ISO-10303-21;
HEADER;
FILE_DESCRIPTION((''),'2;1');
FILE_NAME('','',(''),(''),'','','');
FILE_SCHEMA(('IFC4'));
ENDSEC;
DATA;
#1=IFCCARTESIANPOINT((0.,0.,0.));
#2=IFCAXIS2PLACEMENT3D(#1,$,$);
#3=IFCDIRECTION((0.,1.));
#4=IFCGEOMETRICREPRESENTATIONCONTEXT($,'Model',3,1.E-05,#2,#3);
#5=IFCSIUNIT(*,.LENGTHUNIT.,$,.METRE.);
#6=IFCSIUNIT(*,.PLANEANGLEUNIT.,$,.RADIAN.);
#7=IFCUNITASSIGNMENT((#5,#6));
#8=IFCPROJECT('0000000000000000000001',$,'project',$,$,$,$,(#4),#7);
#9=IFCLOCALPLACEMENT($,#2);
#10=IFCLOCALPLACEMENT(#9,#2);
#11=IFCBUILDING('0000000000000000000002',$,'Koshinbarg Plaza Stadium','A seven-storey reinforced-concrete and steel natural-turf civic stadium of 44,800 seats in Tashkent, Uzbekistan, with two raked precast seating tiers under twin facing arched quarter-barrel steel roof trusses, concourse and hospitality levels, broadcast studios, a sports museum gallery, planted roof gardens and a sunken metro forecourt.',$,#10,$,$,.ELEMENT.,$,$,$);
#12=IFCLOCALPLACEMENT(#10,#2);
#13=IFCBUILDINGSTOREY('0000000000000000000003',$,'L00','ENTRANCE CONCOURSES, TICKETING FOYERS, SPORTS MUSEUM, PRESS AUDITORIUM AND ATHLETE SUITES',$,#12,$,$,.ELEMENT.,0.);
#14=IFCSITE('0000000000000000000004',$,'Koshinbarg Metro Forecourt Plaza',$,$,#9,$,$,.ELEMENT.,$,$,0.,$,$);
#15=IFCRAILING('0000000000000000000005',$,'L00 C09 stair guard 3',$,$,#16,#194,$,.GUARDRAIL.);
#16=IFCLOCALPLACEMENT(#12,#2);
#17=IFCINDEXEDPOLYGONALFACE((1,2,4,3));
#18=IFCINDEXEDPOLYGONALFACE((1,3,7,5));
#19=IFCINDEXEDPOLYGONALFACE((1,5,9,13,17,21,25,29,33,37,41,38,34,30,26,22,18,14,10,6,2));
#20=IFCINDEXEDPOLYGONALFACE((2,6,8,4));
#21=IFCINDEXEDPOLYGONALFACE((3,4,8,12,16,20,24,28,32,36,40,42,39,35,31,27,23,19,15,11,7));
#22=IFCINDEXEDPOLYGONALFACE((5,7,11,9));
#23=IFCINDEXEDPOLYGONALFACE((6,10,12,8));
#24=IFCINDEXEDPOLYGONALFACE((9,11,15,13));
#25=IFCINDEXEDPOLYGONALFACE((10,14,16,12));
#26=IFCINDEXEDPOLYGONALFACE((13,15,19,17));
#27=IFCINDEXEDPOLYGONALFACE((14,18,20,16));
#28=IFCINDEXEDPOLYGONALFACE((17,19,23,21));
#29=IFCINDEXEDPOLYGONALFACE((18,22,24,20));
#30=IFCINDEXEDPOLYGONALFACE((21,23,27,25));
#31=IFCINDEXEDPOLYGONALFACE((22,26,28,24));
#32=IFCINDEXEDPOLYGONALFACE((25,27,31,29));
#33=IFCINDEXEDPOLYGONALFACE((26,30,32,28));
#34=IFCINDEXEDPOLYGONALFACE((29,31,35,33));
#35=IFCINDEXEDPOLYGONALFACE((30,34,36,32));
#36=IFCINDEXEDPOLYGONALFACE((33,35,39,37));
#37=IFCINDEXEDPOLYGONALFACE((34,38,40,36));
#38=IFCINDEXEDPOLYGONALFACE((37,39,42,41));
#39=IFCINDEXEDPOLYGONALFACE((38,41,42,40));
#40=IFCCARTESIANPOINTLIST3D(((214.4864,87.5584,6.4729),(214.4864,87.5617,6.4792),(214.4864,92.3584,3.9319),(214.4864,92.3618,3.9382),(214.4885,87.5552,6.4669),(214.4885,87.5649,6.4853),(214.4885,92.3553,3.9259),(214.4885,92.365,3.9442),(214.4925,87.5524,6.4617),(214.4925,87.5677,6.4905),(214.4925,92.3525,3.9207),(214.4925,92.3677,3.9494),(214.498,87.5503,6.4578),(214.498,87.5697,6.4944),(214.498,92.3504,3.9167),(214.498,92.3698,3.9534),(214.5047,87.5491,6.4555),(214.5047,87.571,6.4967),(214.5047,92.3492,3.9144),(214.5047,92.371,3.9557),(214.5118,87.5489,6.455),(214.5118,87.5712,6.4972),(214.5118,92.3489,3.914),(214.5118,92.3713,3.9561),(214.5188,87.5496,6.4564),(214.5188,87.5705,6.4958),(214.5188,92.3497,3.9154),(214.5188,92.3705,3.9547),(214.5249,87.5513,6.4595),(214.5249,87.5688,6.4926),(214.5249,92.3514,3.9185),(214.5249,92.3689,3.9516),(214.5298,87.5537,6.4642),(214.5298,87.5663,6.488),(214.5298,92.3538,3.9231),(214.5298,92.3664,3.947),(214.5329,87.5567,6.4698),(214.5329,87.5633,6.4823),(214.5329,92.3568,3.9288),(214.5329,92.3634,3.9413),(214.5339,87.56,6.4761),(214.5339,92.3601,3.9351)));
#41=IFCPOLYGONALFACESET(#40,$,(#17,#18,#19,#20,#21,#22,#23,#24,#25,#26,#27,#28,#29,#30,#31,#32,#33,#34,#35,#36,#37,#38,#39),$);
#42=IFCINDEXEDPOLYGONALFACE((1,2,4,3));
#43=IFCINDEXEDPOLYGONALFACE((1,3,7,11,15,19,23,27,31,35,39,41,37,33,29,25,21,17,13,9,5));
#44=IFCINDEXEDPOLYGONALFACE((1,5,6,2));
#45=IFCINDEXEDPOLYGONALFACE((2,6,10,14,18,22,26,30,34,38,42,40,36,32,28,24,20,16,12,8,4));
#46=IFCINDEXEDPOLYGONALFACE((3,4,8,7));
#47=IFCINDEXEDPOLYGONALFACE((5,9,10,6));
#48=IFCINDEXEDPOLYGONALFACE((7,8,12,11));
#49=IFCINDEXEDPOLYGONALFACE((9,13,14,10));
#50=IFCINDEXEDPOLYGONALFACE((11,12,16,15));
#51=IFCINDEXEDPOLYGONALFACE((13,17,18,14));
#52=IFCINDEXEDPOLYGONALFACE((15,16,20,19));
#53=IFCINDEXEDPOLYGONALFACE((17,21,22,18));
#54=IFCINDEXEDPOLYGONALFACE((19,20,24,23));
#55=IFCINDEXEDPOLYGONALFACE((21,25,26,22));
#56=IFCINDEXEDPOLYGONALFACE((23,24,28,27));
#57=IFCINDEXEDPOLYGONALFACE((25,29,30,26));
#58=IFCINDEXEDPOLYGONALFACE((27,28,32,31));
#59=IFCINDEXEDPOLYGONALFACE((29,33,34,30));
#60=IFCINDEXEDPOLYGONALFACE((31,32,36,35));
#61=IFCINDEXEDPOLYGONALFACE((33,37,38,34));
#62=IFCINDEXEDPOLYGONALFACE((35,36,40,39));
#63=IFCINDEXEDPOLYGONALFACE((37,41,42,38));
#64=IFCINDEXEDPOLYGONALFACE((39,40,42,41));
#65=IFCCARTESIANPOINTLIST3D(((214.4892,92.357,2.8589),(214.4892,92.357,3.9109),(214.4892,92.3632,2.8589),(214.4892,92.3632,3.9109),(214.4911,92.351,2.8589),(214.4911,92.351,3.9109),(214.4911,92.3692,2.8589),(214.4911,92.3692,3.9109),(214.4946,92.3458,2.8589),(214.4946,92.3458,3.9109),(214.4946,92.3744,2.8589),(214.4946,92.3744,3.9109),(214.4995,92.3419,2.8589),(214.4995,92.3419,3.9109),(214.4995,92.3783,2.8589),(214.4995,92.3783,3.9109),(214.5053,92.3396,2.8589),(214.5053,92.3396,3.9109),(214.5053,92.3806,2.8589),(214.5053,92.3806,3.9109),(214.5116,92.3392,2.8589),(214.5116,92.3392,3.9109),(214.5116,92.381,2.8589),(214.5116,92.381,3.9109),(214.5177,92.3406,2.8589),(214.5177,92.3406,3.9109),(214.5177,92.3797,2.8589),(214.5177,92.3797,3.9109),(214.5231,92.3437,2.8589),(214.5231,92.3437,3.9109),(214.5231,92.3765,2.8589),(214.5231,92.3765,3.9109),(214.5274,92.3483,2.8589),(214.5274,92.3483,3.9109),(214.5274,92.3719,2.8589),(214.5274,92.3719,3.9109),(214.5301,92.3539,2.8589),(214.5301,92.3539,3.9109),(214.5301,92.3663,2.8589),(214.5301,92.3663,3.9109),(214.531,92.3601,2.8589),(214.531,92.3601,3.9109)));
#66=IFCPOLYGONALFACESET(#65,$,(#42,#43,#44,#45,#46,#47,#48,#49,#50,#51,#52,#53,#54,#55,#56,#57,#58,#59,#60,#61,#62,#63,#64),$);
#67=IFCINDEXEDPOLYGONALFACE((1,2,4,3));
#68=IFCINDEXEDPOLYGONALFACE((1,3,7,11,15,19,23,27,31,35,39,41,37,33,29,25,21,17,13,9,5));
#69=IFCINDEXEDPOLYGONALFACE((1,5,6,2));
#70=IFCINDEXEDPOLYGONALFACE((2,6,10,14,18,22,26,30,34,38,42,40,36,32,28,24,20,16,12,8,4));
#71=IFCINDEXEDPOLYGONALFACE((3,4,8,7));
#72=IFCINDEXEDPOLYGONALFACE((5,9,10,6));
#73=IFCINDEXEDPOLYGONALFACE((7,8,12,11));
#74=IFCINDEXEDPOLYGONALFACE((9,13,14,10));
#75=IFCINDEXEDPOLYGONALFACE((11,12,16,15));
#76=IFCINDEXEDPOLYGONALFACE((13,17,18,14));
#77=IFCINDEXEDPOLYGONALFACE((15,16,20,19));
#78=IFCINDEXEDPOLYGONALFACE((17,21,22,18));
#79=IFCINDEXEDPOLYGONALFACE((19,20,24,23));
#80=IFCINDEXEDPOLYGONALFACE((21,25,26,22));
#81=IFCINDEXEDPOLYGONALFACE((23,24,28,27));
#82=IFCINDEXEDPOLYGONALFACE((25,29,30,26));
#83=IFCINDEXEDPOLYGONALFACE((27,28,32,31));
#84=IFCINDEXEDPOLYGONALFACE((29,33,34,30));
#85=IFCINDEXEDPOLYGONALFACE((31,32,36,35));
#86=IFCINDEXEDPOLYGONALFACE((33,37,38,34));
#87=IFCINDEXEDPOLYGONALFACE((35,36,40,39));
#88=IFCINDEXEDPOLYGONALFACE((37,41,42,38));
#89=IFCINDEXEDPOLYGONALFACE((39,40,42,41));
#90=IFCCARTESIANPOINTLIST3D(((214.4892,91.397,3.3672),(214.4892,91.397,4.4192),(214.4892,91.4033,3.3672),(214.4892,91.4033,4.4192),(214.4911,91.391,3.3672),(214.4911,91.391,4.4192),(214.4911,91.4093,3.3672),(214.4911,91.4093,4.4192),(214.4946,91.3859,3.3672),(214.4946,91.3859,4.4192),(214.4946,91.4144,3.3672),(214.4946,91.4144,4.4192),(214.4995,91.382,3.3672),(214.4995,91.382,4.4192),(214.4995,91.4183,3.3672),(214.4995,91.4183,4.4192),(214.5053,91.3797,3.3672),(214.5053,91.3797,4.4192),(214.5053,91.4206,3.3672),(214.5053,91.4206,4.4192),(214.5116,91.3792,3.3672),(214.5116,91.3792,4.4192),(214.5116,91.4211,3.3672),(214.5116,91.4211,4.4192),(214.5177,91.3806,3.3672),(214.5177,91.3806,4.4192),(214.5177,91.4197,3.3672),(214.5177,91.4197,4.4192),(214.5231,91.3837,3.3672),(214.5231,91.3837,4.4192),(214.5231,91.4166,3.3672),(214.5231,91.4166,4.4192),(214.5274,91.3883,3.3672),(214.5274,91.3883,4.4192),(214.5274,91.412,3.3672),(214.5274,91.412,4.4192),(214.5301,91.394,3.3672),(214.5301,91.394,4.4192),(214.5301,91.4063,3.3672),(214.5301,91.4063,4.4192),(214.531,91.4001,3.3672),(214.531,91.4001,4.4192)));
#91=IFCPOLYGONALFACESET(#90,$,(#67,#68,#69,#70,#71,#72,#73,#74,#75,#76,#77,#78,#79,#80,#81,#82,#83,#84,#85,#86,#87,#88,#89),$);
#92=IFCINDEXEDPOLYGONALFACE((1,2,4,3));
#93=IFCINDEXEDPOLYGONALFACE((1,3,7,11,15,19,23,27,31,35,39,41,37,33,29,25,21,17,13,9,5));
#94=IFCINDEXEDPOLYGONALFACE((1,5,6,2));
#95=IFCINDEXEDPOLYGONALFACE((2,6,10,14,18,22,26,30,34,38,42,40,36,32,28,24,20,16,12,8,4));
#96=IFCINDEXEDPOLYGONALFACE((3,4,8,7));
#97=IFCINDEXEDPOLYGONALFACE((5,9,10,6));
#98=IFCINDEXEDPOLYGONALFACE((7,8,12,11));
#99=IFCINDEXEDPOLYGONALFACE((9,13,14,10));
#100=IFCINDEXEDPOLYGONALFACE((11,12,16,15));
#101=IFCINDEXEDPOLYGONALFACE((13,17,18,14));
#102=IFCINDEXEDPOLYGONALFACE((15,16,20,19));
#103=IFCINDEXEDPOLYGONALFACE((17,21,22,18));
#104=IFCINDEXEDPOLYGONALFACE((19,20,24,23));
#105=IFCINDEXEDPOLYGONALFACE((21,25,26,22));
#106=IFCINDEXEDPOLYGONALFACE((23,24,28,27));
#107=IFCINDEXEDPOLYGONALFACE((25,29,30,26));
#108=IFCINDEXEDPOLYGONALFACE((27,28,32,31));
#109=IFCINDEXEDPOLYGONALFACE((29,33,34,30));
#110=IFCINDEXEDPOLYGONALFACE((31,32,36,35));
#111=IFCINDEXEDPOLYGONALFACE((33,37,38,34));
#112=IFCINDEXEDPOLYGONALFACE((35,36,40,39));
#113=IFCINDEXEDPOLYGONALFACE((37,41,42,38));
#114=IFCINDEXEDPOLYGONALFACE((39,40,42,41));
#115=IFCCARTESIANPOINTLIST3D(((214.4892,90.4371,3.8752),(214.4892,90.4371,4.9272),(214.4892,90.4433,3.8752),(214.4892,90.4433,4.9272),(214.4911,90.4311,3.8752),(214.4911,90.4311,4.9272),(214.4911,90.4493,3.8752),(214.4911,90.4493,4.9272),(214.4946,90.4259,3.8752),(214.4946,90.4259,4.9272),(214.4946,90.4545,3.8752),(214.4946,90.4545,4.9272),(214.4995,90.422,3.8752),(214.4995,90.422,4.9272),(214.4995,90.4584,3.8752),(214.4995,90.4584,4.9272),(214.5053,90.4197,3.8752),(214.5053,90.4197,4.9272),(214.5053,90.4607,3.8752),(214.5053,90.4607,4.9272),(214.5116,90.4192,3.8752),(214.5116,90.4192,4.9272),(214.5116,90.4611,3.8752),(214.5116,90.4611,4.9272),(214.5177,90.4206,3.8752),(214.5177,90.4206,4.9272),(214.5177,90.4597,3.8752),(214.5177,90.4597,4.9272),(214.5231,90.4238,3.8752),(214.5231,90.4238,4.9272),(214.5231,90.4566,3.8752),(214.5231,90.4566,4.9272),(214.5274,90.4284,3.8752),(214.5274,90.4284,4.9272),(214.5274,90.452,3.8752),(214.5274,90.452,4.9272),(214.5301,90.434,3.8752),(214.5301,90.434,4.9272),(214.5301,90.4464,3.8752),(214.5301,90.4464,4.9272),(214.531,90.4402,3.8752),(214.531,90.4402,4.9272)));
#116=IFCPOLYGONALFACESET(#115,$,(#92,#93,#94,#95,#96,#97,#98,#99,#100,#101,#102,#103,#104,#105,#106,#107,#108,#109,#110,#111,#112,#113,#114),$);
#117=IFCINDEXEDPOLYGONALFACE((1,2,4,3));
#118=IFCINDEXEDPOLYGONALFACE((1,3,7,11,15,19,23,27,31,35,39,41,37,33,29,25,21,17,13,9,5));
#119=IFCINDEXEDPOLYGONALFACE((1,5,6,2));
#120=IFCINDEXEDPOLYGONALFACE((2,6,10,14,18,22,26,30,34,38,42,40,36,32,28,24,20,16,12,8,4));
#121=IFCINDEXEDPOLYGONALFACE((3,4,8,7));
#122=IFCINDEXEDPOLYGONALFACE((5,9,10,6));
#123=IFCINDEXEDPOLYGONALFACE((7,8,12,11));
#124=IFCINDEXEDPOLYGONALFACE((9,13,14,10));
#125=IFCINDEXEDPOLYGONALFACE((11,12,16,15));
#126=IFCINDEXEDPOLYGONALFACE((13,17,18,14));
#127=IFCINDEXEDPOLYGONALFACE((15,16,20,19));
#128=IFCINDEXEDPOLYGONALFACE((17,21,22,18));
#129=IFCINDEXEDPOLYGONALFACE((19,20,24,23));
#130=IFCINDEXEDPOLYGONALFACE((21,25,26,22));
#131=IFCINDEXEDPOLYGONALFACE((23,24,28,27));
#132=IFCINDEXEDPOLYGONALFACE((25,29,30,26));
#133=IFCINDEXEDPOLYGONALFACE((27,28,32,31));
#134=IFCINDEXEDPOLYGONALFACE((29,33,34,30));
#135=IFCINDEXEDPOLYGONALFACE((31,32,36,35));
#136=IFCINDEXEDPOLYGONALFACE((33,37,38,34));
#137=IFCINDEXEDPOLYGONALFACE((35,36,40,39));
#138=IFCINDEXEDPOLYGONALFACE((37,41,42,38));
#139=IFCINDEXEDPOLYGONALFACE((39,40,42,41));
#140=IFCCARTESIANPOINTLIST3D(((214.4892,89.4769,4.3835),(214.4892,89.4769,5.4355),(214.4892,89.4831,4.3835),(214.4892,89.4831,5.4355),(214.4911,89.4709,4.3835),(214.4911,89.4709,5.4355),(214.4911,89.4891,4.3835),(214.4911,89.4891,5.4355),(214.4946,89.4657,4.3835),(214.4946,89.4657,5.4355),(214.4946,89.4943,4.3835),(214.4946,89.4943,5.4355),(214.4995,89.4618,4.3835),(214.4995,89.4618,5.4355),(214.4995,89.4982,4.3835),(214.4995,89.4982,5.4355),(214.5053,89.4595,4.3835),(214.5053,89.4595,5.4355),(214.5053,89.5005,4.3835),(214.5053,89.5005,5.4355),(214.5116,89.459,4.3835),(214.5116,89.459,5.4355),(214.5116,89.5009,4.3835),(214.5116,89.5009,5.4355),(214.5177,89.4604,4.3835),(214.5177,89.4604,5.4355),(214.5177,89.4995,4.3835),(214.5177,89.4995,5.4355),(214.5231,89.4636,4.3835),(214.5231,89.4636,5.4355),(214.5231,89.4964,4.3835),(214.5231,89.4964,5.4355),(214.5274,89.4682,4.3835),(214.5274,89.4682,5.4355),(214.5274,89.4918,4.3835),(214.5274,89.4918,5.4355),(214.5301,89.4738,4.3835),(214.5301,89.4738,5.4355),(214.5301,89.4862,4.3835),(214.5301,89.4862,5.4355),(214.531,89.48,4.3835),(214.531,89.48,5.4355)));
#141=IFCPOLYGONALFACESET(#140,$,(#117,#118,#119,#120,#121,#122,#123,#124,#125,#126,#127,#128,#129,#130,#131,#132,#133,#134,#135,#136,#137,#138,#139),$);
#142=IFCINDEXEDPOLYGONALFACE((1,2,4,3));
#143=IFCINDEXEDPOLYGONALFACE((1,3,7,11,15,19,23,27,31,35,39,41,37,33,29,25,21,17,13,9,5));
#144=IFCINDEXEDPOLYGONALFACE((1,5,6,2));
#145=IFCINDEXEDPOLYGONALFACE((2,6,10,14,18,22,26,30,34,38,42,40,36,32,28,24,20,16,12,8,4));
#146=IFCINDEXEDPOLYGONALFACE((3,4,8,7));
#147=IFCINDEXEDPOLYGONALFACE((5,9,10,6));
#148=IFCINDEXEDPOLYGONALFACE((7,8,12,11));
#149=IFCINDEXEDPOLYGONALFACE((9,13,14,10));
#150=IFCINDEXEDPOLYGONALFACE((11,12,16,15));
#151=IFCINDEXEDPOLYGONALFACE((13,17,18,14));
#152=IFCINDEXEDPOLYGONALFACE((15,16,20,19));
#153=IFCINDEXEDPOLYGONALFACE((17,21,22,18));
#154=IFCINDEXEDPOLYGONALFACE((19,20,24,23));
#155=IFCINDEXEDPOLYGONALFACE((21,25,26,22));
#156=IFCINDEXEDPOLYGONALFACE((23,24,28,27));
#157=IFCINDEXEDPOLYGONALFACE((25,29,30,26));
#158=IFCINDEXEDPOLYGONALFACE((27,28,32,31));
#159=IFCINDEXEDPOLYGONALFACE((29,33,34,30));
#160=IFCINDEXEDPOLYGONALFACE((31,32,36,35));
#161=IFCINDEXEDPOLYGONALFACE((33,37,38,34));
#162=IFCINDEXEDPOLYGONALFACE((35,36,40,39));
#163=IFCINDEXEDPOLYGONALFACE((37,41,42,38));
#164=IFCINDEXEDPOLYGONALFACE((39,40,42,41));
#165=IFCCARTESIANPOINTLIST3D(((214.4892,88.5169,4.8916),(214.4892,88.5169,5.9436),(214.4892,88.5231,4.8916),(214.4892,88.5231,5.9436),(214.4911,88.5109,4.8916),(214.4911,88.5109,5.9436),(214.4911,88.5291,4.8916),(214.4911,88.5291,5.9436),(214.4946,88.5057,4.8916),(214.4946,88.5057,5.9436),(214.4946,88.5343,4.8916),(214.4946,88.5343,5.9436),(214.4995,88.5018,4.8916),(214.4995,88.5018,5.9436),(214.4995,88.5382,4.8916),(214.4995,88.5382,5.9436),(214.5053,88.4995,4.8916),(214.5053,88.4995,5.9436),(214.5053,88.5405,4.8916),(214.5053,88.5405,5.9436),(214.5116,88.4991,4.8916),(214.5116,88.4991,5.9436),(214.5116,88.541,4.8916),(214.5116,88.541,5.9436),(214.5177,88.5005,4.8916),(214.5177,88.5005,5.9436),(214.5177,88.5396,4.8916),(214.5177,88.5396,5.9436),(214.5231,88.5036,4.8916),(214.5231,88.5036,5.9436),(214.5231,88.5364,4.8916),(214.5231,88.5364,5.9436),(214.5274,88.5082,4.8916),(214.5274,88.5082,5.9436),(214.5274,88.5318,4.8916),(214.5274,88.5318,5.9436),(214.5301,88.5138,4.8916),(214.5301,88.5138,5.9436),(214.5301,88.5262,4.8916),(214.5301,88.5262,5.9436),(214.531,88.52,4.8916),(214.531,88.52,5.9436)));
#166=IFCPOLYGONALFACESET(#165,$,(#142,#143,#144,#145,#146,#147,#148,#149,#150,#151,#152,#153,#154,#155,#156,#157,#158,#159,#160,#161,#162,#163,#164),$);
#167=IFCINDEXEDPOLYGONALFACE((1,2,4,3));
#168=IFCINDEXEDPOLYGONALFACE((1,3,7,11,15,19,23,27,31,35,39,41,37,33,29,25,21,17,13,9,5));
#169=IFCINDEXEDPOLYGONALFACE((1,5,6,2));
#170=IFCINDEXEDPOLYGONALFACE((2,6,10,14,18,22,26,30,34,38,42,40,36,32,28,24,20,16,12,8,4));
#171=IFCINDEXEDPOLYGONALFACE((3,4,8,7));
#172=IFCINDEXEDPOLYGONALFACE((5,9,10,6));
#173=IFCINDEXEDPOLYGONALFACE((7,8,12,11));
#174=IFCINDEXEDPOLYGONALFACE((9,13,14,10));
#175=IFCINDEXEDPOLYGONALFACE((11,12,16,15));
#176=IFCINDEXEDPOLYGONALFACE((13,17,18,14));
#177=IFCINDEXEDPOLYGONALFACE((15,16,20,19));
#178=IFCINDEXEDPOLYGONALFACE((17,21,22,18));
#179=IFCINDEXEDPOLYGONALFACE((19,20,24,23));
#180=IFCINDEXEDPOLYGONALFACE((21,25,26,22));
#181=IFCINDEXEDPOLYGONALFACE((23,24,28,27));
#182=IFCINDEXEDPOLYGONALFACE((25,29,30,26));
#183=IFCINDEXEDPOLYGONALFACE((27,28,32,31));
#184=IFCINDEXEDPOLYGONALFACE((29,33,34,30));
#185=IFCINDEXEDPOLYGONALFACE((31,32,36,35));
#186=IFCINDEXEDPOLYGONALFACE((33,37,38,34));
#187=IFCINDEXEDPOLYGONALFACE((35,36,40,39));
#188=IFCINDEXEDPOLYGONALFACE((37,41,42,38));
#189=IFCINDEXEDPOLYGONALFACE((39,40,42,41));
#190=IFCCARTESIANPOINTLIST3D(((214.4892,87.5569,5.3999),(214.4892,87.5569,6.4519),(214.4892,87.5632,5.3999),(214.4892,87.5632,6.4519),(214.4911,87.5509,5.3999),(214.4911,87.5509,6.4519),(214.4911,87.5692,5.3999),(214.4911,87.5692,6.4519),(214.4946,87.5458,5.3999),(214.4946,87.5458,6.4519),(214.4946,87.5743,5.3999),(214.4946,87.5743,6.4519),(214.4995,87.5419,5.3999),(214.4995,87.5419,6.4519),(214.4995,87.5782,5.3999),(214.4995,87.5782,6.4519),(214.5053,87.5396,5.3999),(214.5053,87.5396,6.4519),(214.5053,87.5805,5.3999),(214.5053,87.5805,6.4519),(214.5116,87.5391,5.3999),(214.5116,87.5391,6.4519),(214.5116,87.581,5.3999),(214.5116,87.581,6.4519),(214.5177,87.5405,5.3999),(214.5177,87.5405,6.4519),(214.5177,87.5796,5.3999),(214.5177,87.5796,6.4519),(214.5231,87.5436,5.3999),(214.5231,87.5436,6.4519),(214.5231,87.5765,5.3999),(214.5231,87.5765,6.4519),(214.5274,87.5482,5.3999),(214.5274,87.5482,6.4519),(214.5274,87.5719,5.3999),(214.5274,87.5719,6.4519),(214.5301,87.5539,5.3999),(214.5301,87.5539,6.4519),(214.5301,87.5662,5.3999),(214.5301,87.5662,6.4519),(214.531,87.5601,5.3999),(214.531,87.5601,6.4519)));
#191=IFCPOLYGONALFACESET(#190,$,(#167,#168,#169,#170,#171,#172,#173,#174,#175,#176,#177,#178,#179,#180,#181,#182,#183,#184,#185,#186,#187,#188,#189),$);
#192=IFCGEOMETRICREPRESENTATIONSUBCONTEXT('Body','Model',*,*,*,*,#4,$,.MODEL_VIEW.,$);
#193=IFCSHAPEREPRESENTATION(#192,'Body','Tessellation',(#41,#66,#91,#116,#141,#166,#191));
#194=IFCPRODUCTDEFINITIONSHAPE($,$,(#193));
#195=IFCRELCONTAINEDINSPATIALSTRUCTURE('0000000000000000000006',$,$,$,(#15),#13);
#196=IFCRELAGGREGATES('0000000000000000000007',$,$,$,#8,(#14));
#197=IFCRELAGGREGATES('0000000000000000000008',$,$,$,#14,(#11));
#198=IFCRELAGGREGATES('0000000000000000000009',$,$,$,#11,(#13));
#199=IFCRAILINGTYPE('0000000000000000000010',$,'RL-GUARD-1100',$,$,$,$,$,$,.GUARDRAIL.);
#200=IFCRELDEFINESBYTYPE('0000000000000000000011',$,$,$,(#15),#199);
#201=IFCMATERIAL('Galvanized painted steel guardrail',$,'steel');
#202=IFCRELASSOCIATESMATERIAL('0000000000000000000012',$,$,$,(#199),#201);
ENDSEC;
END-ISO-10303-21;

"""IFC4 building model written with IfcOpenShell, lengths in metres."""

from ifc_helpers import new_model, si_unit, direction, frame, origin, origin_2d, place, context, subcontext, project, spatial, circle, extrude, material, type_object, element, save


model = new_model("IFC4")

# Units and contexts
model_context = context("Model", 3, precision=1e-05, world=origin(), true_north=direction((0.0, 1.0)))
body_context = subcontext(model_context, "Body", "Model", "MODEL_VIEW")
ifc_project = project(units=[si_unit("LENGTHUNIT", "METRE"), si_unit("PLANEANGLEUNIT", "RADIAN")], contexts=[model_context])

# Site, building, storey
site_placement = place(None, origin())
site = spatial("IfcSite", under=ifc_project, at=site_placement, Name="Koshinbarg Metro Forecourt Plaza", CompositionType="ELEMENT", RefElevation=0.0)
building_placement = place(site_placement, origin())
building = spatial("IfcBuilding", under=site, at=building_placement, Name="Koshinbarg Plaza Stadium", Description="A seven-storey reinforced-concrete and steel natural-turf civic stadium of 44,800 seats in Tashkent, Uzbekistan, with two raked precast seating tiers under twin facing arched quarter-barrel steel roof trusses, concourse and hospitality levels, broadcast studios, a sports museum gallery, planted roof gardens and a sunken metro forecourt.", CompositionType="ELEMENT")
storey_placement = place(building_placement, origin())
storey = spatial("IfcBuildingStorey", under=building, at=storey_placement, Name="L00", Description="ENTRANCE CONCOURSES, TICKETING FOYERS, SPORTS MUSEUM, PRESS AUDITORIUM AND ATHLETE SUITES", CompositionType="ELEMENT", Elevation=0.0)

# Railing
ifc_material_1 = material(Name="Galvanized painted steel guardrail", Category="steel")
railing_type_1 = type_object("IfcRailingType", Name="RL-GUARD-1100", PredefinedType="GUARDRAIL", material=ifc_material_1)
railing_1_placement = place(storey_placement, frame((214.51, 92.3601, 2.8589)))
element("IfcRailing", 1, at=railing_1_placement, inside=storey, type_object=railing_type_1, Name="L00 C09 stair guard 3", PredefinedType="GUARDRAIL", context=body_context, shape_type="SweptSolid", body=[
    extrude(circle(Radius=0.0239, at=origin_2d()), frame((0.0, 0.0, 1.0762), z_axis=(0.0, -0.883802, 0.467861), x_axis=(1.0, 0.0, 0.0)), (0.0, 0.0, 1.0), 5.4312),
    extrude(circle(Radius=0.021, at=origin_2d()), origin(), (0.0, 0.0, 1.0), 1.052),
    extrude(circle(Radius=0.021, at=origin_2d()), frame((0.0, -0.96, 0.5083)), (0.0, 0.0, 1.0), 1.052),
    extrude(circle(Radius=0.021, at=origin_2d()), frame((0.0, -1.9199, 1.0164)), (0.0, 0.0, 1.0), 1.052),
    extrude(circle(Radius=0.021, at=origin_2d()), frame((0.0, -2.8801, 1.5247)), (0.0, 0.0, 1.0), 1.052),
    extrude(circle(Radius=0.021, at=origin_2d()), frame((0.0, -3.8401, 2.0327)), (0.0, 0.0, 1.0), 1.052),
    extrude(circle(Radius=0.021, at=origin_2d()), frame((0.0, -4.8, 2.541)), (0.0, 0.0, 1.0), 1.052),
])

save(model, "model.ifc")
